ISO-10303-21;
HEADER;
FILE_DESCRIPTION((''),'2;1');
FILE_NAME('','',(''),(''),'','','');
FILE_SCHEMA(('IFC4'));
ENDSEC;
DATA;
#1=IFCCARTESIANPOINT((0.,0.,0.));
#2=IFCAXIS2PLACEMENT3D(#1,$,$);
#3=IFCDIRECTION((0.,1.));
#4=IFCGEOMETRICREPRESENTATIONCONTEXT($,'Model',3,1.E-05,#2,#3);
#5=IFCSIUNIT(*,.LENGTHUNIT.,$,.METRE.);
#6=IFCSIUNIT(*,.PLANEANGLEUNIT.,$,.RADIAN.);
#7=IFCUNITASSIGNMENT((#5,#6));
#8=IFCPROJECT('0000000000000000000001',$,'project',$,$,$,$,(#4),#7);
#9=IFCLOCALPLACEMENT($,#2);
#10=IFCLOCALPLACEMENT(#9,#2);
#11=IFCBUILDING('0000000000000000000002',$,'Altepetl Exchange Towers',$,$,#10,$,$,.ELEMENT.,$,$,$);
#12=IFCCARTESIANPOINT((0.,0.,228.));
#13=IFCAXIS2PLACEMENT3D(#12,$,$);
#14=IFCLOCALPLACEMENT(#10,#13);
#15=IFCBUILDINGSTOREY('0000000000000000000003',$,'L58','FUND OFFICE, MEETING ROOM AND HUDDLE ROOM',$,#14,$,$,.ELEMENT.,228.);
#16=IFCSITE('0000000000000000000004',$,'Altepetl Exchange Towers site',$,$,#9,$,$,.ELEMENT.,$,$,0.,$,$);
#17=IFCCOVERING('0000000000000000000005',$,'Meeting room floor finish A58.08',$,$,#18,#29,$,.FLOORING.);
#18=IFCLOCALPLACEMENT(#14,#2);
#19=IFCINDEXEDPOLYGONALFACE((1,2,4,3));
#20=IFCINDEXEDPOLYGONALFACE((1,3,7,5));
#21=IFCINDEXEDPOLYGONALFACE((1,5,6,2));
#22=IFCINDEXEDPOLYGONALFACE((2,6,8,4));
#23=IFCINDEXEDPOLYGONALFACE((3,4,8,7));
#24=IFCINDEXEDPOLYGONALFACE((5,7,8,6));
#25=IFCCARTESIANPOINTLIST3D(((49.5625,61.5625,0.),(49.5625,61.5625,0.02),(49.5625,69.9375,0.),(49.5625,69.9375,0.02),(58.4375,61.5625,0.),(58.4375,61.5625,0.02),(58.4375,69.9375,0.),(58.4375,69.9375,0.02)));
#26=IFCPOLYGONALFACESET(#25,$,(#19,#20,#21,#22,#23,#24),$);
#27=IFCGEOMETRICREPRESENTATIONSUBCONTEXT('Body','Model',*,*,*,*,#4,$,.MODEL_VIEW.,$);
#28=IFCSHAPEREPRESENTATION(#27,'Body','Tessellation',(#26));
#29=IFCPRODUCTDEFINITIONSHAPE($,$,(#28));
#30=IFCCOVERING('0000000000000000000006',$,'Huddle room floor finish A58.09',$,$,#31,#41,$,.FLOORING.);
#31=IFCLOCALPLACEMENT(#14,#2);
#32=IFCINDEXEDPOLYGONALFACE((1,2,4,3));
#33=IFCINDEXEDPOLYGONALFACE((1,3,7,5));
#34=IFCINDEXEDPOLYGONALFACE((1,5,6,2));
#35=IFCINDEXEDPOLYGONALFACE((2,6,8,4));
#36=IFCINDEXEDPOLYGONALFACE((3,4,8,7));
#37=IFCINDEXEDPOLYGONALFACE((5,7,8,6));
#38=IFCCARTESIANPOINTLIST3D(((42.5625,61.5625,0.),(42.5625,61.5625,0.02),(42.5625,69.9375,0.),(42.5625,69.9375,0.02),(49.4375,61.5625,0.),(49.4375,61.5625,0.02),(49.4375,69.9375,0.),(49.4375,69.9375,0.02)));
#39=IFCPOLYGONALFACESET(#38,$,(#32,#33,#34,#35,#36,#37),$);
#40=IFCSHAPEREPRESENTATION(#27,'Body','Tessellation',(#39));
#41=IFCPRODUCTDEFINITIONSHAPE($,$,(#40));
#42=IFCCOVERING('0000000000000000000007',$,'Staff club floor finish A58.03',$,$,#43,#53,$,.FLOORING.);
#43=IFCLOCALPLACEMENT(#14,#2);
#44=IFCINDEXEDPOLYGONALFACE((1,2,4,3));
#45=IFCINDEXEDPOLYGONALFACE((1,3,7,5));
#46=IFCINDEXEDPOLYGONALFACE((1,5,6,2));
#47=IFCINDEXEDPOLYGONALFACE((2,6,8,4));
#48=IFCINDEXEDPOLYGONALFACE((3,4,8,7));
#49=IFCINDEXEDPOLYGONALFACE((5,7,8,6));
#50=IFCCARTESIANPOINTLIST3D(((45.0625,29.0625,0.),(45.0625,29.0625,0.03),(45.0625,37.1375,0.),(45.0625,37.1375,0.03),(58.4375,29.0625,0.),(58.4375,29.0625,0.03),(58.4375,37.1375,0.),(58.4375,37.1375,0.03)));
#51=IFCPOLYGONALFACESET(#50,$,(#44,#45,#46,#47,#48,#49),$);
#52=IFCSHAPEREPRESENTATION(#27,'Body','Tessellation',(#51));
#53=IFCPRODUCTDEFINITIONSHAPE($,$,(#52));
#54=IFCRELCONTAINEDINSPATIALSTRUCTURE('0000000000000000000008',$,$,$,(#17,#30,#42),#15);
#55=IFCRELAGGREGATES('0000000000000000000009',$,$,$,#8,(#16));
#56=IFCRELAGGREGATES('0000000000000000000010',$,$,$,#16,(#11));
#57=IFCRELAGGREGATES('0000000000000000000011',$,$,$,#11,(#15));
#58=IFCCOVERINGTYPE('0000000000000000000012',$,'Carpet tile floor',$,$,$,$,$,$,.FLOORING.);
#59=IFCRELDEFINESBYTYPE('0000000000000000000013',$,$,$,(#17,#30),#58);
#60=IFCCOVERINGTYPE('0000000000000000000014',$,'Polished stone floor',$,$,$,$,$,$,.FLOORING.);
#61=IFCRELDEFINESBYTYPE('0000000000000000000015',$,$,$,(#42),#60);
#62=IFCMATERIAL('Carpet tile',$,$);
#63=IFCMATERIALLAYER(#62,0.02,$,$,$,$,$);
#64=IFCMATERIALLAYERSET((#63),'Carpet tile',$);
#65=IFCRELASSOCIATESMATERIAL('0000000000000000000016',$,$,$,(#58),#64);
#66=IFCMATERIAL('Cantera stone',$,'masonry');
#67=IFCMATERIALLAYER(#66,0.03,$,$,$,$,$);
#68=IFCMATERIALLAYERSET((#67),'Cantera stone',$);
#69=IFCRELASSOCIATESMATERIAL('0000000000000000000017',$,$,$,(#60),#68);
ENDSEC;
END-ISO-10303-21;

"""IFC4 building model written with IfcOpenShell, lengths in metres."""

from ifc_helpers import new_model, si_unit, direction, frame, origin, place, context, subcontext, project, spatial, polyline, outline, extrude, material, layer, layer_set, type_object, element, save


model = new_model("IFC4")

# Units and contexts
model_context = context("Model", 3, precision=1e-05, world=origin(), true_north=direction((0.0, 1.0)))
body_context = subcontext(model_context, "Body", "Model", "MODEL_VIEW")
ifc_project = project(units=[si_unit("LENGTHUNIT", "METRE"), si_unit("PLANEANGLEUNIT", "RADIAN")], contexts=[model_context])

# Site, building, storey
site_placement = place(None, origin())
site = spatial("IfcSite", under=ifc_project, at=site_placement, Name="Altepetl Exchange Towers site", CompositionType="ELEMENT", RefElevation=0.0)
building_placement = place(site_placement, origin())
building = spatial("IfcBuilding", under=site, at=building_placement, Name="Altepetl Exchange Towers", CompositionType="ELEMENT")
storey_placement = place(building_placement, frame((0.0, 0.0, 228.0)))
storey = spatial("IfcBuildingStorey", under=building, at=storey_placement, Name="L58", Description="FUND OFFICE, MEETING ROOM AND HUDDLE ROOM", CompositionType="ELEMENT", Elevation=228.0)

# Coverings
ifc_material_1 = material(Name="Carpet tile")
ifc_layer_1 = layer(ifc_material_1, 0.02)
ifc_layer_set_1 = layer_set([ifc_layer_1], Name="Carpet tile")
covering_type_1 = type_object("IfcCoveringType", Name="Carpet tile floor", PredefinedType="FLOORING", material=ifc_layer_set_1)
covering_1_placement = place(storey_placement, origin())
element("IfcCovering", 1, at=covering_1_placement, inside=storey, type_object=covering_type_1, Name="Meeting room floor finish A58.08", PredefinedType="FLOORING", context=body_context, shape_type="SweptSolid", body=[
    extrude(outline(polyline([(58.4375, 61.5625), (58.4375, 69.9375), (49.5625, 69.9375), (49.5625, 61.5625), (58.4375, 61.5625)])), origin(), (0.0, 0.0, 1.0), 0.02),
])
covering_2_placement = place(storey_placement, origin())
element("IfcCovering", 2, at=covering_2_placement, inside=storey, type_object=covering_type_1, Name="Huddle room floor finish A58.09", PredefinedType="FLOORING", context=body_context, shape_type="SweptSolid", body=[
    extrude(outline(polyline([(42.5625, 61.5625), (49.4375, 61.5625), (49.4375, 69.9375), (42.5625, 69.9375), (42.5625, 61.5625)])), origin(), (0.0, 0.0, 1.0), 0.02),
])
ifc_material_2 = material(Name="Cantera stone", Category="masonry")
ifc_layer_2 = layer(ifc_material_2, 0.03)
ifc_layer_set_2 = layer_set([ifc_layer_2], Name="Cantera stone")
covering_type_2 = type_object("IfcCoveringType", Name="Polished stone floor", PredefinedType="FLOORING", material=ifc_layer_set_2)
covering_3_placement = place(storey_placement, origin())
element("IfcCovering", 3, at=covering_3_placement, inside=storey, type_object=covering_type_2, Name="Staff club floor finish A58.03", PredefinedType="FLOORING", context=body_context, shape_type="SweptSolid", body=[
    extrude(outline(polyline([(45.0625, 37.1375), (45.0625, 29.0625), (58.4375, 29.0625), (58.4375, 37.1375), (45.0625, 37.1375)])), origin(), (0.0, 0.0, 1.0), 0.03),
])

save(model, "model.ifc")
